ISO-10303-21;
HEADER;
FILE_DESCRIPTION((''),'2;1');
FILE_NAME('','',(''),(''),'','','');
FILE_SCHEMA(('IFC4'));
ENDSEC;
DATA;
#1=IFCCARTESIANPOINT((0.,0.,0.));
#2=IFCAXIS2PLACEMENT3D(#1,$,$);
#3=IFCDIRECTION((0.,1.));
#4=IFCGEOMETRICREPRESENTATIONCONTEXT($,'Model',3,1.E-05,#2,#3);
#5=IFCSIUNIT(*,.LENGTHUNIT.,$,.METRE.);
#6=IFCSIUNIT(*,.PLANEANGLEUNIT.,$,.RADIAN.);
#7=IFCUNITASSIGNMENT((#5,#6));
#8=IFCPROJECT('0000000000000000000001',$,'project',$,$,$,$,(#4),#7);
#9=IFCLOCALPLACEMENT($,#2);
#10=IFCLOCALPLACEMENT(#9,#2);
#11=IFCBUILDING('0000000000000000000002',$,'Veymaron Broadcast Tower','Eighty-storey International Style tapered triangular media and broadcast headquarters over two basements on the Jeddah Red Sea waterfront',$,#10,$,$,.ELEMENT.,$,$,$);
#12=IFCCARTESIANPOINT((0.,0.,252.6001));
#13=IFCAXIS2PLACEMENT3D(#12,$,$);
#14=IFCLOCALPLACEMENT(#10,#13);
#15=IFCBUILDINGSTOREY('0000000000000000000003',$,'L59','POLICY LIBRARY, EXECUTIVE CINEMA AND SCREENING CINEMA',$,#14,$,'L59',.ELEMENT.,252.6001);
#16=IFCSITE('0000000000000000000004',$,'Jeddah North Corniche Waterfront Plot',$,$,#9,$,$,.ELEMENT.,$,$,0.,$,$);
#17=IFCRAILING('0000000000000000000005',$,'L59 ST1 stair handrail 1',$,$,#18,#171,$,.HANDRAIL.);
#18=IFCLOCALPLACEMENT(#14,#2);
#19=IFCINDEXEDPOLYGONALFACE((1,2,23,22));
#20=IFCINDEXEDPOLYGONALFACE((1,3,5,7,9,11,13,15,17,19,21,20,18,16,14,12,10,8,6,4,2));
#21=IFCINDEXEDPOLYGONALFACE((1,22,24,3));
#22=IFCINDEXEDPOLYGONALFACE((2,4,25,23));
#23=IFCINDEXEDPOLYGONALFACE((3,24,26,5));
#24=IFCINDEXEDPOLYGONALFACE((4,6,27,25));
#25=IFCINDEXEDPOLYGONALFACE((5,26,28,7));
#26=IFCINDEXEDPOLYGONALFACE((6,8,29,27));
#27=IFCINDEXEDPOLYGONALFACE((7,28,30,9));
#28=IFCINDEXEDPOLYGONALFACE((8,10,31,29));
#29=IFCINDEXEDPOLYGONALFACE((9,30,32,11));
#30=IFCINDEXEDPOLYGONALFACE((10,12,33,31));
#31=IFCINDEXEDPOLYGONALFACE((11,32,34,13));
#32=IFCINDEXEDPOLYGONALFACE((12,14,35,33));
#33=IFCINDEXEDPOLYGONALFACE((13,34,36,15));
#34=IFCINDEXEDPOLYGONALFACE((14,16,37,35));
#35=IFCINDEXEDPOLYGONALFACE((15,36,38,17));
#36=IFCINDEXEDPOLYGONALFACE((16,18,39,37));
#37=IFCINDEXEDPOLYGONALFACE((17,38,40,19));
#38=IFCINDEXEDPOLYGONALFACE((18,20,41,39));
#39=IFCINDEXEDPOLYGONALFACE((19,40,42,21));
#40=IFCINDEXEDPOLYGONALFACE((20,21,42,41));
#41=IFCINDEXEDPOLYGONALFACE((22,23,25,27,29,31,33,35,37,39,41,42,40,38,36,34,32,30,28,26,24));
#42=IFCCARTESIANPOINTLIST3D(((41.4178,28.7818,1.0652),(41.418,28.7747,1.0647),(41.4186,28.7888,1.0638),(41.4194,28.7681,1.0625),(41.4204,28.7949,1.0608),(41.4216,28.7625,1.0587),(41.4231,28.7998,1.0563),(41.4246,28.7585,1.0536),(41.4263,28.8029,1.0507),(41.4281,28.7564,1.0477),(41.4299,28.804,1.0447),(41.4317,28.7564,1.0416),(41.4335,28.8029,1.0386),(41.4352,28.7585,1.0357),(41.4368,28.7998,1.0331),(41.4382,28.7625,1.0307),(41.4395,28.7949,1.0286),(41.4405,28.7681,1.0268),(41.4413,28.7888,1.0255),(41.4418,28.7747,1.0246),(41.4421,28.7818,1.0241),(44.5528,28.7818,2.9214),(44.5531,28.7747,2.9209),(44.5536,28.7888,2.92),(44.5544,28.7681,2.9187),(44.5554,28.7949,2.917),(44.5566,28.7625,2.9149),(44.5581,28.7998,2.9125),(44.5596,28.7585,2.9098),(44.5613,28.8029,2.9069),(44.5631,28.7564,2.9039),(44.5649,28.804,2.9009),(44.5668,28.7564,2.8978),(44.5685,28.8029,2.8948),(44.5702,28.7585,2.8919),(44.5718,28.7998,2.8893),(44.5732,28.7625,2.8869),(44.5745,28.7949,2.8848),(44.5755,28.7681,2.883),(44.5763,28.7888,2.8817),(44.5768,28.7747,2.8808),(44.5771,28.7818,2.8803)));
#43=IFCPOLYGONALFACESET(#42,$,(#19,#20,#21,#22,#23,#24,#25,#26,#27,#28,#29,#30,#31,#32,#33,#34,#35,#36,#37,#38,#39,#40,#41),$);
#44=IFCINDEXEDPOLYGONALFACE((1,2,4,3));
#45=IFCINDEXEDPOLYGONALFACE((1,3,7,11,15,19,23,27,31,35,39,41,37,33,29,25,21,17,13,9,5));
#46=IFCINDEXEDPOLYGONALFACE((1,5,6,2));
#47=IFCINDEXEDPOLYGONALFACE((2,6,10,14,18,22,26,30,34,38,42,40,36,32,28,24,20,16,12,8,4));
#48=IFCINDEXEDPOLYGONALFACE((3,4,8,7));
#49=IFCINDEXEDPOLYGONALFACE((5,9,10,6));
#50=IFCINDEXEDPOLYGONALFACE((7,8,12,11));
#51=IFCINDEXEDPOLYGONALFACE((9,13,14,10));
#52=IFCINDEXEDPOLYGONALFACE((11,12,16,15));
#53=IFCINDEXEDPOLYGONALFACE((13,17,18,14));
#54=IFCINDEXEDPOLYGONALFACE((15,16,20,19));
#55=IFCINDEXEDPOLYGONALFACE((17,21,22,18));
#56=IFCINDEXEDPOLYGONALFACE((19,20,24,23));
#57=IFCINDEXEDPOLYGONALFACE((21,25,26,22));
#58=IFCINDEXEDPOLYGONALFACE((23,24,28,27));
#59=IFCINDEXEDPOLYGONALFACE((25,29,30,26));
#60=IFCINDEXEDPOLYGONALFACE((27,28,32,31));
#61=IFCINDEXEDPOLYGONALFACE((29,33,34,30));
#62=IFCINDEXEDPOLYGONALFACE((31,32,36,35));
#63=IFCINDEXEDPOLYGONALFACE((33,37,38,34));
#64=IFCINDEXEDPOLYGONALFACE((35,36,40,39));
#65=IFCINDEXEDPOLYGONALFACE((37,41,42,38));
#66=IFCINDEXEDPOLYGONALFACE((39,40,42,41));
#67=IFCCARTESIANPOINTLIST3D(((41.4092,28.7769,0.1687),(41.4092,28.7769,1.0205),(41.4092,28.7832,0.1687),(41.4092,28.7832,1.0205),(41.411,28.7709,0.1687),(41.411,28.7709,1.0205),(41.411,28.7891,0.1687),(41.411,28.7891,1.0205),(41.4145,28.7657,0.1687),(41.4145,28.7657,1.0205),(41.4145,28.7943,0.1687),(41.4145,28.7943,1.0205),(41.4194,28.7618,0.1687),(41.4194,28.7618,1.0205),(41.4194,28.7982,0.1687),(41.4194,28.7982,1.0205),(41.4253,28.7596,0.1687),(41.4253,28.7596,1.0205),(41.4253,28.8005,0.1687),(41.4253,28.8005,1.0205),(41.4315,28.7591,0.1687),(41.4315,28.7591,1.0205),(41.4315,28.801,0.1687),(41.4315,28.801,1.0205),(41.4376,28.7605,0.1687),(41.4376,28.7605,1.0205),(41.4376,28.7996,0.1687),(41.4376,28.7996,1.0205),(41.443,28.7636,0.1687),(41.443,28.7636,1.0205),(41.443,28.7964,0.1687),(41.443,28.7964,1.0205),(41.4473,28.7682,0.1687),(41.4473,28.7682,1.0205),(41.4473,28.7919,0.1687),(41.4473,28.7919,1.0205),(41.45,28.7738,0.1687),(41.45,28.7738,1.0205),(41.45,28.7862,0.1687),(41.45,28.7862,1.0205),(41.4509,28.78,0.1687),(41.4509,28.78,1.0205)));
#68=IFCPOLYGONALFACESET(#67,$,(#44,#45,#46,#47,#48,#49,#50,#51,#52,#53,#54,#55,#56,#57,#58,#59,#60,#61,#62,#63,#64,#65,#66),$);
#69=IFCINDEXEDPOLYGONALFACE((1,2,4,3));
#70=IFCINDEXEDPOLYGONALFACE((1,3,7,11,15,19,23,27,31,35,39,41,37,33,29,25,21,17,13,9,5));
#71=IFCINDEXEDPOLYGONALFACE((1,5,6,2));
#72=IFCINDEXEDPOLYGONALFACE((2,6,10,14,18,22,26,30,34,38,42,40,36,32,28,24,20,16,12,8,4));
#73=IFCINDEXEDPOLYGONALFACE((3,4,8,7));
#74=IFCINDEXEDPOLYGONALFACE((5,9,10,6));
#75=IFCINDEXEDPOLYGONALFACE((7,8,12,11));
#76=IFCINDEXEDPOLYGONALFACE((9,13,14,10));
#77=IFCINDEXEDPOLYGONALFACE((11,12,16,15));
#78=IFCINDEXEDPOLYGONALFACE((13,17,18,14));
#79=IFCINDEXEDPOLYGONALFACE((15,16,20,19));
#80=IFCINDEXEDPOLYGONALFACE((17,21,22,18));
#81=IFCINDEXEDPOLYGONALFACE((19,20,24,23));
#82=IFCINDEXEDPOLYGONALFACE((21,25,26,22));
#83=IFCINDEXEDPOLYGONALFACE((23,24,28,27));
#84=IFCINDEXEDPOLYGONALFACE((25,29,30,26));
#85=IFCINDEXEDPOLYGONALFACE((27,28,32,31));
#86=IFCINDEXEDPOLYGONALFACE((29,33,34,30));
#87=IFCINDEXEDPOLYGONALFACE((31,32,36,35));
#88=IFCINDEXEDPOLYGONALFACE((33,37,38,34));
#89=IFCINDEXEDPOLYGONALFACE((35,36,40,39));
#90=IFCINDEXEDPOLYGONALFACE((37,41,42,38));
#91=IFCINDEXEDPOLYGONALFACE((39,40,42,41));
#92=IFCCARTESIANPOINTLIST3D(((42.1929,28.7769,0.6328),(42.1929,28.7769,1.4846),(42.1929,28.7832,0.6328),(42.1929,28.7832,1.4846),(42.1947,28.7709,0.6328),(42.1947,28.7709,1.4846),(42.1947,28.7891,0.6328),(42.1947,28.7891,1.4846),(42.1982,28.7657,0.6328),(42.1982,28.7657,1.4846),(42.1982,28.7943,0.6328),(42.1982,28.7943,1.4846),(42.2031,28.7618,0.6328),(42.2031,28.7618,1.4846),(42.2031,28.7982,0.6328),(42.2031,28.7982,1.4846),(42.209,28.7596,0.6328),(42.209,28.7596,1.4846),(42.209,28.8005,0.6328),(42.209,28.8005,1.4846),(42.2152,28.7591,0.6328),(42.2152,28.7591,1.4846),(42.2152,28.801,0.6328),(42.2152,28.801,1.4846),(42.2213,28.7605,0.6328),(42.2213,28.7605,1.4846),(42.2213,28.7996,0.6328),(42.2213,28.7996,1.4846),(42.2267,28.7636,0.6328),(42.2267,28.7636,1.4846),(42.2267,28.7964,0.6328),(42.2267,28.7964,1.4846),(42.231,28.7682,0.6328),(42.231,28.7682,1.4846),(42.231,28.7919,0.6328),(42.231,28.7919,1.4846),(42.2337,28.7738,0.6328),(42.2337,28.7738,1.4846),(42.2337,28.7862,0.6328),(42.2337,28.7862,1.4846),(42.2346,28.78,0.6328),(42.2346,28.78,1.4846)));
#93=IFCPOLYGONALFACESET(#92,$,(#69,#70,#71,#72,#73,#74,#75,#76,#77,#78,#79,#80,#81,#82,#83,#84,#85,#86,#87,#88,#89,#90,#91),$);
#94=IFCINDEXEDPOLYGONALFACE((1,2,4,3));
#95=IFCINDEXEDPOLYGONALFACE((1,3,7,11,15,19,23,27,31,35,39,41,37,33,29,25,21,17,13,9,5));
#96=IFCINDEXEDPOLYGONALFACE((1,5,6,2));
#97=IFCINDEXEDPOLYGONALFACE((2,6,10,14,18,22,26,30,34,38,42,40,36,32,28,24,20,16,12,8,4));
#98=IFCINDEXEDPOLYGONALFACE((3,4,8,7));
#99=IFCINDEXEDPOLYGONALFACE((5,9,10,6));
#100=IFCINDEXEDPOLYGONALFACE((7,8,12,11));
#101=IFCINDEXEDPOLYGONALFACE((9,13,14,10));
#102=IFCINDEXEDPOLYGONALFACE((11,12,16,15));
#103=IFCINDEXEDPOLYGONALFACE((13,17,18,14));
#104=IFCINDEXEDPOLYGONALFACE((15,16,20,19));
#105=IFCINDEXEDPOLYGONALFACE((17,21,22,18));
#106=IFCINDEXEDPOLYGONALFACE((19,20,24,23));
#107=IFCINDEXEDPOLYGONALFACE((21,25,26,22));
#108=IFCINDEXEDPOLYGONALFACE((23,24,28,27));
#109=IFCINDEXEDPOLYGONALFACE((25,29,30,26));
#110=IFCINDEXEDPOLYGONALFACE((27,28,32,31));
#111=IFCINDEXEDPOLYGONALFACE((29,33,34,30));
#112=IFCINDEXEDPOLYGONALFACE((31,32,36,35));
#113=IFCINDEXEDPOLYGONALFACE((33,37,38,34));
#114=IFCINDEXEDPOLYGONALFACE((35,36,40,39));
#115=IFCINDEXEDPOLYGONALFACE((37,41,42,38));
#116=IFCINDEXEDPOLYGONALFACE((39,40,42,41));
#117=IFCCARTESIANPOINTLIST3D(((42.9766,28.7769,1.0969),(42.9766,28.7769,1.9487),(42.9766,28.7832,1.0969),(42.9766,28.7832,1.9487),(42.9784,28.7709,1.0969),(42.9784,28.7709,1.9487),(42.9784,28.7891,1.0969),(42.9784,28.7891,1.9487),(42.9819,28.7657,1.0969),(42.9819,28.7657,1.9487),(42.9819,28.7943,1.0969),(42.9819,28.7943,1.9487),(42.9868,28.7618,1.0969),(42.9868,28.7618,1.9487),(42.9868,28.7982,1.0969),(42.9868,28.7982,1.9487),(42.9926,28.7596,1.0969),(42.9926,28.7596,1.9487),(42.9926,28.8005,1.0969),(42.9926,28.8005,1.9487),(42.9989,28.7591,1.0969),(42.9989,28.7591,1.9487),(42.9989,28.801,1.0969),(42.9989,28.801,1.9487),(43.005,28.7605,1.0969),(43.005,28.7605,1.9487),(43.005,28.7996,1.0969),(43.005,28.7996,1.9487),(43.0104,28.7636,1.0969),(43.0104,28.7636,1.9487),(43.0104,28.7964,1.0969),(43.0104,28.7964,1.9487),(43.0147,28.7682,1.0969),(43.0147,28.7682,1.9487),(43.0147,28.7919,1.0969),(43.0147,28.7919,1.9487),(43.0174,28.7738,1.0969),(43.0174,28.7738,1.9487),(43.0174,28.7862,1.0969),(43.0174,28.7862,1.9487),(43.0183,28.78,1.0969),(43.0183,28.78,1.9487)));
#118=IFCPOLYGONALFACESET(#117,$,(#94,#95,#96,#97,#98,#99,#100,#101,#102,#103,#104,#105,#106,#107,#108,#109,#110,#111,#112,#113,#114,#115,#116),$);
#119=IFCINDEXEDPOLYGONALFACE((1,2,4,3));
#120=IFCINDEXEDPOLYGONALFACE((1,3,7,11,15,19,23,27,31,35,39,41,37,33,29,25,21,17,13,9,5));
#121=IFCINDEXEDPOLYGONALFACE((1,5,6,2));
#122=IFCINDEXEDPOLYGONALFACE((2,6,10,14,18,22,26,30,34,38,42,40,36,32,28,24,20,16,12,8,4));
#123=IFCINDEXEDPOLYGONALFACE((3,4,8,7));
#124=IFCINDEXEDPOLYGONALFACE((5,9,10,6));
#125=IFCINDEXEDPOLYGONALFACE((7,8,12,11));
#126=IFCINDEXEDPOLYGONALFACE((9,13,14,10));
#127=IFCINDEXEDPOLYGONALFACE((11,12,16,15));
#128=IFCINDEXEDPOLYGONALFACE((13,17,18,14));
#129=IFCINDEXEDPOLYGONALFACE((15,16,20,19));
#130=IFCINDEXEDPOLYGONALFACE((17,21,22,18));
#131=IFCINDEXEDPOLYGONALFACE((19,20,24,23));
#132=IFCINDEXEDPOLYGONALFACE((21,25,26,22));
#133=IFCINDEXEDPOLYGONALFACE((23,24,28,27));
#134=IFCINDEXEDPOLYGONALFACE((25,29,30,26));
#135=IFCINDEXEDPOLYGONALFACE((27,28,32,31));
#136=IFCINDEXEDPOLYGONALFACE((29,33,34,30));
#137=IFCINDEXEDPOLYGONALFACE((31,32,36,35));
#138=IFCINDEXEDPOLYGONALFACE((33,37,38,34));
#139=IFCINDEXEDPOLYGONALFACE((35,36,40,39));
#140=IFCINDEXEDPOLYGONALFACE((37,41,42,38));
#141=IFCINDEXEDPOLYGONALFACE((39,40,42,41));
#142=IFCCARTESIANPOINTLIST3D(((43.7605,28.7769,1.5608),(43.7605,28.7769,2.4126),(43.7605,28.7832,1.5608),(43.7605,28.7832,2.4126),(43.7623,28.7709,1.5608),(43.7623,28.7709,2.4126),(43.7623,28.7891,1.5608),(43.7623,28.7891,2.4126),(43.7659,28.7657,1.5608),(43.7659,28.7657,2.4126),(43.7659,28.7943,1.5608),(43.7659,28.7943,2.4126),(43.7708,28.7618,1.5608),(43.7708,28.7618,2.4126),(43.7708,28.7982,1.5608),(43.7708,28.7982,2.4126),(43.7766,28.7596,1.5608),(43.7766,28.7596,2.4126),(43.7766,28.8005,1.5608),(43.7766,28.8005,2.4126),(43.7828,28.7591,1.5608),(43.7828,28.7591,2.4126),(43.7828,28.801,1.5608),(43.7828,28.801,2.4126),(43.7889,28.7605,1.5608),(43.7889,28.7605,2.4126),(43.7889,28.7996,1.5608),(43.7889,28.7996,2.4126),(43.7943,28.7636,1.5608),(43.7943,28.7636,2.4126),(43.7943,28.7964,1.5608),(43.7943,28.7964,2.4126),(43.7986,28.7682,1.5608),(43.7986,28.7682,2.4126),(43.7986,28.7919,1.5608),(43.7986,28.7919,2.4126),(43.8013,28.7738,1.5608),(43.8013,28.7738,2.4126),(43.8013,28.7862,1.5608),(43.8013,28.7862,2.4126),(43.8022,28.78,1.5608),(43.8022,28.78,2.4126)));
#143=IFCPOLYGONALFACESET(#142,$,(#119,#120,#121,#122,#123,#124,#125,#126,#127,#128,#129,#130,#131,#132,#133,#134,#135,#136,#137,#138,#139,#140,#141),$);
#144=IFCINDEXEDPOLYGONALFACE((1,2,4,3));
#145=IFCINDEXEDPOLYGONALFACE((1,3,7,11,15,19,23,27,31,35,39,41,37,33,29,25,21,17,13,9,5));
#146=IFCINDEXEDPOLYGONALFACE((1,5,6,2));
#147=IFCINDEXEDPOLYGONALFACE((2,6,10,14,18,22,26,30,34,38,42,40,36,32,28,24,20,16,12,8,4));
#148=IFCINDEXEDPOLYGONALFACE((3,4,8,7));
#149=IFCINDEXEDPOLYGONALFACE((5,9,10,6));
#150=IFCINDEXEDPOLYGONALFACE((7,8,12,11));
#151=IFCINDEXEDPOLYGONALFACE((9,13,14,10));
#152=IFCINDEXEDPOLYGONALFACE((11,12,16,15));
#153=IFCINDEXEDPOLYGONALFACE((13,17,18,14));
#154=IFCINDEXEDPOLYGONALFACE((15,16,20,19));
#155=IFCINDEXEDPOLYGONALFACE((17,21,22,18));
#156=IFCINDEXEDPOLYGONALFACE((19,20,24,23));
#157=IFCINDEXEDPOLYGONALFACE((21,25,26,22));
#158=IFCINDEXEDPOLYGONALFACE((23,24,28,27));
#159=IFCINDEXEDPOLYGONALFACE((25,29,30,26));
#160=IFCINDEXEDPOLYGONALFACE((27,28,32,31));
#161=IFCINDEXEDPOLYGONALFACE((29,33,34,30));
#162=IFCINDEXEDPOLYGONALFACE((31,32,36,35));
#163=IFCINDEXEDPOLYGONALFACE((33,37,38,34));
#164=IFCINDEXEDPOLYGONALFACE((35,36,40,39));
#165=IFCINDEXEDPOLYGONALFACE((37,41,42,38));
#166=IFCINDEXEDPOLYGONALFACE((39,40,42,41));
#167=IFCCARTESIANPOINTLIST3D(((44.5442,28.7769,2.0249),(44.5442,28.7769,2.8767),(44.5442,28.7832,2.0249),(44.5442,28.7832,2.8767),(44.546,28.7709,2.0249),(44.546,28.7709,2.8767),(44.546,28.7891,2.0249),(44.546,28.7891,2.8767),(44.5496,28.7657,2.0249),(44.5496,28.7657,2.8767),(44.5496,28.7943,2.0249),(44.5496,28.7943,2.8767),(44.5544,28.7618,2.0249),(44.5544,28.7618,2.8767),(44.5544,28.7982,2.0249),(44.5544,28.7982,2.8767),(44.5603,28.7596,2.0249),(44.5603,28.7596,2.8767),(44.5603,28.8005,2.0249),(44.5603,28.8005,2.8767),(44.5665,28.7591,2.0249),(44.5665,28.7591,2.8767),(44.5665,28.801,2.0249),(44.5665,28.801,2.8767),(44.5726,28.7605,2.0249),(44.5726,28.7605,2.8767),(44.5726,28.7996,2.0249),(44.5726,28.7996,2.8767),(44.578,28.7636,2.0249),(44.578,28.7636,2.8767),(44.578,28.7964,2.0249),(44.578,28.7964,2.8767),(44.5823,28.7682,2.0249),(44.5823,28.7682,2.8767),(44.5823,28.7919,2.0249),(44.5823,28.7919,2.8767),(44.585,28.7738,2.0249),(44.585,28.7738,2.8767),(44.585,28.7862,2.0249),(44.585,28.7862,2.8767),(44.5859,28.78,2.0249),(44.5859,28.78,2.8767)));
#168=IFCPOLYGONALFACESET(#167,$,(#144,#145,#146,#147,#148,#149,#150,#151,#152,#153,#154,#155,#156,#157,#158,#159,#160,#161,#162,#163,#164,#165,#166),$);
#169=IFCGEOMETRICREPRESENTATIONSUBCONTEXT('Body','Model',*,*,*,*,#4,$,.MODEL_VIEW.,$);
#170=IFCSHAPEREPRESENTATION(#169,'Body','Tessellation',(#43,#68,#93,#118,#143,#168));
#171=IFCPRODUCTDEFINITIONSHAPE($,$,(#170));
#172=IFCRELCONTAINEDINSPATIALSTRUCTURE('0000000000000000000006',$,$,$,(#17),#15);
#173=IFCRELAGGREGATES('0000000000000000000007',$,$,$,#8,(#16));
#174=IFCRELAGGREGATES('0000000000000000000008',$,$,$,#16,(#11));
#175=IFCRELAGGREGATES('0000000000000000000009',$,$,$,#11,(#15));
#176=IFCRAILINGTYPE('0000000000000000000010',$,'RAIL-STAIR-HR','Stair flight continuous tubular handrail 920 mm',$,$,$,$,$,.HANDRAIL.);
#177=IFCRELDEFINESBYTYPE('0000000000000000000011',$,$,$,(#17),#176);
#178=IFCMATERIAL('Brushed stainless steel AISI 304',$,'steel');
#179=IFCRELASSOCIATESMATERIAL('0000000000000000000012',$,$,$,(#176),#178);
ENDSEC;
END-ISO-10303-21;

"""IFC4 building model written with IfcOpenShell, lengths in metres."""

from ifc_helpers import new_model, si_unit, direction, frame, origin, origin_2d, place, context, subcontext, project, spatial, circle, extrude, material, type_object, element, save


model = new_model("IFC4")

# Units and contexts
model_context = context("Model", 3, precision=1e-05, world=origin(), true_north=direction((0.0, 1.0)))
body_context = subcontext(model_context, "Body", "Model", "MODEL_VIEW")
ifc_project = project(units=[si_unit("LENGTHUNIT", "METRE"), si_unit("PLANEANGLEUNIT", "RADIAN")], contexts=[model_context])

# Site, building, storey
site_placement = place(None, origin())
site = spatial("IfcSite", under=ifc_project, at=site_placement, Name="Jeddah North Corniche Waterfront Plot", CompositionType="ELEMENT", RefElevation=0.0)
building_placement = place(site_placement, origin())
building = spatial("IfcBuilding", under=site, at=building_placement, Name="Veymaron Broadcast Tower", Description="Eighty-storey International Style tapered triangular media and broadcast headquarters over two basements on the Jeddah Red Sea waterfront", CompositionType="ELEMENT")
storey_placement = place(building_placement, frame((0.0, 0.0, 252.6001)))
storey = spatial("IfcBuildingStorey", under=building, at=storey_placement, Name="L59", Description="POLICY LIBRARY, EXECUTIVE CINEMA AND SCREENING CINEMA", LongName="L59", CompositionType="ELEMENT", Elevation=252.6001)

# Shared definitions
ifc_material_1 = material(Name="Brushed stainless steel AISI 304", Category="steel")

# Railing
railing_type_1 = type_object("IfcRailingType", Name="RAIL-STAIR-HR", Description="Stair flight continuous tubular handrail 920 mm", PredefinedType="HANDRAIL", material=ifc_material_1)
railing_1_placement = place(storey_placement, frame((41.4299, 28.78, 0.1687)))
element("IfcRailing", 1, at=railing_1_placement, inside=storey, type_object=railing_type_1, Name="L59 ST1 stair handrail 1", PredefinedType="HANDRAIL", context=body_context, shape_type="SweptSolid", body=[
    extrude(circle(Radius=0.0239, at=origin_2d()), frame((0.0, 0.0, 0.876), z_axis=(0.860482, 0.0, 0.509481), x_axis=(0.0, 1.0, 0.0)), (0.0, 0.0, 1.0), 3.6433),
    extrude(circle(Radius=0.021, at=origin_2d()), origin(), (0.0, 0.0, 1.0), 0.8518),
    extrude(circle(Radius=0.021, at=origin_2d()), frame((0.7837, 0.0, 0.4641)), (0.0, 0.0, 1.0), 0.8518),
    extrude(circle(Radius=0.021, at=origin_2d()), frame((1.5674, 0.0, 0.9282)), (0.0, 0.0, 1.0), 0.8518),
    extrude(circle(Radius=0.021, at=origin_2d()), frame((2.3513, 0.0, 1.3921)), (0.0, 0.0, 1.0), 0.8518),
    extrude(circle(Radius=0.021, at=origin_2d()), frame((3.135, 0.0, 1.8562)), (0.0, 0.0, 1.0), 0.8518),
])

save(model, "model.ifc")
